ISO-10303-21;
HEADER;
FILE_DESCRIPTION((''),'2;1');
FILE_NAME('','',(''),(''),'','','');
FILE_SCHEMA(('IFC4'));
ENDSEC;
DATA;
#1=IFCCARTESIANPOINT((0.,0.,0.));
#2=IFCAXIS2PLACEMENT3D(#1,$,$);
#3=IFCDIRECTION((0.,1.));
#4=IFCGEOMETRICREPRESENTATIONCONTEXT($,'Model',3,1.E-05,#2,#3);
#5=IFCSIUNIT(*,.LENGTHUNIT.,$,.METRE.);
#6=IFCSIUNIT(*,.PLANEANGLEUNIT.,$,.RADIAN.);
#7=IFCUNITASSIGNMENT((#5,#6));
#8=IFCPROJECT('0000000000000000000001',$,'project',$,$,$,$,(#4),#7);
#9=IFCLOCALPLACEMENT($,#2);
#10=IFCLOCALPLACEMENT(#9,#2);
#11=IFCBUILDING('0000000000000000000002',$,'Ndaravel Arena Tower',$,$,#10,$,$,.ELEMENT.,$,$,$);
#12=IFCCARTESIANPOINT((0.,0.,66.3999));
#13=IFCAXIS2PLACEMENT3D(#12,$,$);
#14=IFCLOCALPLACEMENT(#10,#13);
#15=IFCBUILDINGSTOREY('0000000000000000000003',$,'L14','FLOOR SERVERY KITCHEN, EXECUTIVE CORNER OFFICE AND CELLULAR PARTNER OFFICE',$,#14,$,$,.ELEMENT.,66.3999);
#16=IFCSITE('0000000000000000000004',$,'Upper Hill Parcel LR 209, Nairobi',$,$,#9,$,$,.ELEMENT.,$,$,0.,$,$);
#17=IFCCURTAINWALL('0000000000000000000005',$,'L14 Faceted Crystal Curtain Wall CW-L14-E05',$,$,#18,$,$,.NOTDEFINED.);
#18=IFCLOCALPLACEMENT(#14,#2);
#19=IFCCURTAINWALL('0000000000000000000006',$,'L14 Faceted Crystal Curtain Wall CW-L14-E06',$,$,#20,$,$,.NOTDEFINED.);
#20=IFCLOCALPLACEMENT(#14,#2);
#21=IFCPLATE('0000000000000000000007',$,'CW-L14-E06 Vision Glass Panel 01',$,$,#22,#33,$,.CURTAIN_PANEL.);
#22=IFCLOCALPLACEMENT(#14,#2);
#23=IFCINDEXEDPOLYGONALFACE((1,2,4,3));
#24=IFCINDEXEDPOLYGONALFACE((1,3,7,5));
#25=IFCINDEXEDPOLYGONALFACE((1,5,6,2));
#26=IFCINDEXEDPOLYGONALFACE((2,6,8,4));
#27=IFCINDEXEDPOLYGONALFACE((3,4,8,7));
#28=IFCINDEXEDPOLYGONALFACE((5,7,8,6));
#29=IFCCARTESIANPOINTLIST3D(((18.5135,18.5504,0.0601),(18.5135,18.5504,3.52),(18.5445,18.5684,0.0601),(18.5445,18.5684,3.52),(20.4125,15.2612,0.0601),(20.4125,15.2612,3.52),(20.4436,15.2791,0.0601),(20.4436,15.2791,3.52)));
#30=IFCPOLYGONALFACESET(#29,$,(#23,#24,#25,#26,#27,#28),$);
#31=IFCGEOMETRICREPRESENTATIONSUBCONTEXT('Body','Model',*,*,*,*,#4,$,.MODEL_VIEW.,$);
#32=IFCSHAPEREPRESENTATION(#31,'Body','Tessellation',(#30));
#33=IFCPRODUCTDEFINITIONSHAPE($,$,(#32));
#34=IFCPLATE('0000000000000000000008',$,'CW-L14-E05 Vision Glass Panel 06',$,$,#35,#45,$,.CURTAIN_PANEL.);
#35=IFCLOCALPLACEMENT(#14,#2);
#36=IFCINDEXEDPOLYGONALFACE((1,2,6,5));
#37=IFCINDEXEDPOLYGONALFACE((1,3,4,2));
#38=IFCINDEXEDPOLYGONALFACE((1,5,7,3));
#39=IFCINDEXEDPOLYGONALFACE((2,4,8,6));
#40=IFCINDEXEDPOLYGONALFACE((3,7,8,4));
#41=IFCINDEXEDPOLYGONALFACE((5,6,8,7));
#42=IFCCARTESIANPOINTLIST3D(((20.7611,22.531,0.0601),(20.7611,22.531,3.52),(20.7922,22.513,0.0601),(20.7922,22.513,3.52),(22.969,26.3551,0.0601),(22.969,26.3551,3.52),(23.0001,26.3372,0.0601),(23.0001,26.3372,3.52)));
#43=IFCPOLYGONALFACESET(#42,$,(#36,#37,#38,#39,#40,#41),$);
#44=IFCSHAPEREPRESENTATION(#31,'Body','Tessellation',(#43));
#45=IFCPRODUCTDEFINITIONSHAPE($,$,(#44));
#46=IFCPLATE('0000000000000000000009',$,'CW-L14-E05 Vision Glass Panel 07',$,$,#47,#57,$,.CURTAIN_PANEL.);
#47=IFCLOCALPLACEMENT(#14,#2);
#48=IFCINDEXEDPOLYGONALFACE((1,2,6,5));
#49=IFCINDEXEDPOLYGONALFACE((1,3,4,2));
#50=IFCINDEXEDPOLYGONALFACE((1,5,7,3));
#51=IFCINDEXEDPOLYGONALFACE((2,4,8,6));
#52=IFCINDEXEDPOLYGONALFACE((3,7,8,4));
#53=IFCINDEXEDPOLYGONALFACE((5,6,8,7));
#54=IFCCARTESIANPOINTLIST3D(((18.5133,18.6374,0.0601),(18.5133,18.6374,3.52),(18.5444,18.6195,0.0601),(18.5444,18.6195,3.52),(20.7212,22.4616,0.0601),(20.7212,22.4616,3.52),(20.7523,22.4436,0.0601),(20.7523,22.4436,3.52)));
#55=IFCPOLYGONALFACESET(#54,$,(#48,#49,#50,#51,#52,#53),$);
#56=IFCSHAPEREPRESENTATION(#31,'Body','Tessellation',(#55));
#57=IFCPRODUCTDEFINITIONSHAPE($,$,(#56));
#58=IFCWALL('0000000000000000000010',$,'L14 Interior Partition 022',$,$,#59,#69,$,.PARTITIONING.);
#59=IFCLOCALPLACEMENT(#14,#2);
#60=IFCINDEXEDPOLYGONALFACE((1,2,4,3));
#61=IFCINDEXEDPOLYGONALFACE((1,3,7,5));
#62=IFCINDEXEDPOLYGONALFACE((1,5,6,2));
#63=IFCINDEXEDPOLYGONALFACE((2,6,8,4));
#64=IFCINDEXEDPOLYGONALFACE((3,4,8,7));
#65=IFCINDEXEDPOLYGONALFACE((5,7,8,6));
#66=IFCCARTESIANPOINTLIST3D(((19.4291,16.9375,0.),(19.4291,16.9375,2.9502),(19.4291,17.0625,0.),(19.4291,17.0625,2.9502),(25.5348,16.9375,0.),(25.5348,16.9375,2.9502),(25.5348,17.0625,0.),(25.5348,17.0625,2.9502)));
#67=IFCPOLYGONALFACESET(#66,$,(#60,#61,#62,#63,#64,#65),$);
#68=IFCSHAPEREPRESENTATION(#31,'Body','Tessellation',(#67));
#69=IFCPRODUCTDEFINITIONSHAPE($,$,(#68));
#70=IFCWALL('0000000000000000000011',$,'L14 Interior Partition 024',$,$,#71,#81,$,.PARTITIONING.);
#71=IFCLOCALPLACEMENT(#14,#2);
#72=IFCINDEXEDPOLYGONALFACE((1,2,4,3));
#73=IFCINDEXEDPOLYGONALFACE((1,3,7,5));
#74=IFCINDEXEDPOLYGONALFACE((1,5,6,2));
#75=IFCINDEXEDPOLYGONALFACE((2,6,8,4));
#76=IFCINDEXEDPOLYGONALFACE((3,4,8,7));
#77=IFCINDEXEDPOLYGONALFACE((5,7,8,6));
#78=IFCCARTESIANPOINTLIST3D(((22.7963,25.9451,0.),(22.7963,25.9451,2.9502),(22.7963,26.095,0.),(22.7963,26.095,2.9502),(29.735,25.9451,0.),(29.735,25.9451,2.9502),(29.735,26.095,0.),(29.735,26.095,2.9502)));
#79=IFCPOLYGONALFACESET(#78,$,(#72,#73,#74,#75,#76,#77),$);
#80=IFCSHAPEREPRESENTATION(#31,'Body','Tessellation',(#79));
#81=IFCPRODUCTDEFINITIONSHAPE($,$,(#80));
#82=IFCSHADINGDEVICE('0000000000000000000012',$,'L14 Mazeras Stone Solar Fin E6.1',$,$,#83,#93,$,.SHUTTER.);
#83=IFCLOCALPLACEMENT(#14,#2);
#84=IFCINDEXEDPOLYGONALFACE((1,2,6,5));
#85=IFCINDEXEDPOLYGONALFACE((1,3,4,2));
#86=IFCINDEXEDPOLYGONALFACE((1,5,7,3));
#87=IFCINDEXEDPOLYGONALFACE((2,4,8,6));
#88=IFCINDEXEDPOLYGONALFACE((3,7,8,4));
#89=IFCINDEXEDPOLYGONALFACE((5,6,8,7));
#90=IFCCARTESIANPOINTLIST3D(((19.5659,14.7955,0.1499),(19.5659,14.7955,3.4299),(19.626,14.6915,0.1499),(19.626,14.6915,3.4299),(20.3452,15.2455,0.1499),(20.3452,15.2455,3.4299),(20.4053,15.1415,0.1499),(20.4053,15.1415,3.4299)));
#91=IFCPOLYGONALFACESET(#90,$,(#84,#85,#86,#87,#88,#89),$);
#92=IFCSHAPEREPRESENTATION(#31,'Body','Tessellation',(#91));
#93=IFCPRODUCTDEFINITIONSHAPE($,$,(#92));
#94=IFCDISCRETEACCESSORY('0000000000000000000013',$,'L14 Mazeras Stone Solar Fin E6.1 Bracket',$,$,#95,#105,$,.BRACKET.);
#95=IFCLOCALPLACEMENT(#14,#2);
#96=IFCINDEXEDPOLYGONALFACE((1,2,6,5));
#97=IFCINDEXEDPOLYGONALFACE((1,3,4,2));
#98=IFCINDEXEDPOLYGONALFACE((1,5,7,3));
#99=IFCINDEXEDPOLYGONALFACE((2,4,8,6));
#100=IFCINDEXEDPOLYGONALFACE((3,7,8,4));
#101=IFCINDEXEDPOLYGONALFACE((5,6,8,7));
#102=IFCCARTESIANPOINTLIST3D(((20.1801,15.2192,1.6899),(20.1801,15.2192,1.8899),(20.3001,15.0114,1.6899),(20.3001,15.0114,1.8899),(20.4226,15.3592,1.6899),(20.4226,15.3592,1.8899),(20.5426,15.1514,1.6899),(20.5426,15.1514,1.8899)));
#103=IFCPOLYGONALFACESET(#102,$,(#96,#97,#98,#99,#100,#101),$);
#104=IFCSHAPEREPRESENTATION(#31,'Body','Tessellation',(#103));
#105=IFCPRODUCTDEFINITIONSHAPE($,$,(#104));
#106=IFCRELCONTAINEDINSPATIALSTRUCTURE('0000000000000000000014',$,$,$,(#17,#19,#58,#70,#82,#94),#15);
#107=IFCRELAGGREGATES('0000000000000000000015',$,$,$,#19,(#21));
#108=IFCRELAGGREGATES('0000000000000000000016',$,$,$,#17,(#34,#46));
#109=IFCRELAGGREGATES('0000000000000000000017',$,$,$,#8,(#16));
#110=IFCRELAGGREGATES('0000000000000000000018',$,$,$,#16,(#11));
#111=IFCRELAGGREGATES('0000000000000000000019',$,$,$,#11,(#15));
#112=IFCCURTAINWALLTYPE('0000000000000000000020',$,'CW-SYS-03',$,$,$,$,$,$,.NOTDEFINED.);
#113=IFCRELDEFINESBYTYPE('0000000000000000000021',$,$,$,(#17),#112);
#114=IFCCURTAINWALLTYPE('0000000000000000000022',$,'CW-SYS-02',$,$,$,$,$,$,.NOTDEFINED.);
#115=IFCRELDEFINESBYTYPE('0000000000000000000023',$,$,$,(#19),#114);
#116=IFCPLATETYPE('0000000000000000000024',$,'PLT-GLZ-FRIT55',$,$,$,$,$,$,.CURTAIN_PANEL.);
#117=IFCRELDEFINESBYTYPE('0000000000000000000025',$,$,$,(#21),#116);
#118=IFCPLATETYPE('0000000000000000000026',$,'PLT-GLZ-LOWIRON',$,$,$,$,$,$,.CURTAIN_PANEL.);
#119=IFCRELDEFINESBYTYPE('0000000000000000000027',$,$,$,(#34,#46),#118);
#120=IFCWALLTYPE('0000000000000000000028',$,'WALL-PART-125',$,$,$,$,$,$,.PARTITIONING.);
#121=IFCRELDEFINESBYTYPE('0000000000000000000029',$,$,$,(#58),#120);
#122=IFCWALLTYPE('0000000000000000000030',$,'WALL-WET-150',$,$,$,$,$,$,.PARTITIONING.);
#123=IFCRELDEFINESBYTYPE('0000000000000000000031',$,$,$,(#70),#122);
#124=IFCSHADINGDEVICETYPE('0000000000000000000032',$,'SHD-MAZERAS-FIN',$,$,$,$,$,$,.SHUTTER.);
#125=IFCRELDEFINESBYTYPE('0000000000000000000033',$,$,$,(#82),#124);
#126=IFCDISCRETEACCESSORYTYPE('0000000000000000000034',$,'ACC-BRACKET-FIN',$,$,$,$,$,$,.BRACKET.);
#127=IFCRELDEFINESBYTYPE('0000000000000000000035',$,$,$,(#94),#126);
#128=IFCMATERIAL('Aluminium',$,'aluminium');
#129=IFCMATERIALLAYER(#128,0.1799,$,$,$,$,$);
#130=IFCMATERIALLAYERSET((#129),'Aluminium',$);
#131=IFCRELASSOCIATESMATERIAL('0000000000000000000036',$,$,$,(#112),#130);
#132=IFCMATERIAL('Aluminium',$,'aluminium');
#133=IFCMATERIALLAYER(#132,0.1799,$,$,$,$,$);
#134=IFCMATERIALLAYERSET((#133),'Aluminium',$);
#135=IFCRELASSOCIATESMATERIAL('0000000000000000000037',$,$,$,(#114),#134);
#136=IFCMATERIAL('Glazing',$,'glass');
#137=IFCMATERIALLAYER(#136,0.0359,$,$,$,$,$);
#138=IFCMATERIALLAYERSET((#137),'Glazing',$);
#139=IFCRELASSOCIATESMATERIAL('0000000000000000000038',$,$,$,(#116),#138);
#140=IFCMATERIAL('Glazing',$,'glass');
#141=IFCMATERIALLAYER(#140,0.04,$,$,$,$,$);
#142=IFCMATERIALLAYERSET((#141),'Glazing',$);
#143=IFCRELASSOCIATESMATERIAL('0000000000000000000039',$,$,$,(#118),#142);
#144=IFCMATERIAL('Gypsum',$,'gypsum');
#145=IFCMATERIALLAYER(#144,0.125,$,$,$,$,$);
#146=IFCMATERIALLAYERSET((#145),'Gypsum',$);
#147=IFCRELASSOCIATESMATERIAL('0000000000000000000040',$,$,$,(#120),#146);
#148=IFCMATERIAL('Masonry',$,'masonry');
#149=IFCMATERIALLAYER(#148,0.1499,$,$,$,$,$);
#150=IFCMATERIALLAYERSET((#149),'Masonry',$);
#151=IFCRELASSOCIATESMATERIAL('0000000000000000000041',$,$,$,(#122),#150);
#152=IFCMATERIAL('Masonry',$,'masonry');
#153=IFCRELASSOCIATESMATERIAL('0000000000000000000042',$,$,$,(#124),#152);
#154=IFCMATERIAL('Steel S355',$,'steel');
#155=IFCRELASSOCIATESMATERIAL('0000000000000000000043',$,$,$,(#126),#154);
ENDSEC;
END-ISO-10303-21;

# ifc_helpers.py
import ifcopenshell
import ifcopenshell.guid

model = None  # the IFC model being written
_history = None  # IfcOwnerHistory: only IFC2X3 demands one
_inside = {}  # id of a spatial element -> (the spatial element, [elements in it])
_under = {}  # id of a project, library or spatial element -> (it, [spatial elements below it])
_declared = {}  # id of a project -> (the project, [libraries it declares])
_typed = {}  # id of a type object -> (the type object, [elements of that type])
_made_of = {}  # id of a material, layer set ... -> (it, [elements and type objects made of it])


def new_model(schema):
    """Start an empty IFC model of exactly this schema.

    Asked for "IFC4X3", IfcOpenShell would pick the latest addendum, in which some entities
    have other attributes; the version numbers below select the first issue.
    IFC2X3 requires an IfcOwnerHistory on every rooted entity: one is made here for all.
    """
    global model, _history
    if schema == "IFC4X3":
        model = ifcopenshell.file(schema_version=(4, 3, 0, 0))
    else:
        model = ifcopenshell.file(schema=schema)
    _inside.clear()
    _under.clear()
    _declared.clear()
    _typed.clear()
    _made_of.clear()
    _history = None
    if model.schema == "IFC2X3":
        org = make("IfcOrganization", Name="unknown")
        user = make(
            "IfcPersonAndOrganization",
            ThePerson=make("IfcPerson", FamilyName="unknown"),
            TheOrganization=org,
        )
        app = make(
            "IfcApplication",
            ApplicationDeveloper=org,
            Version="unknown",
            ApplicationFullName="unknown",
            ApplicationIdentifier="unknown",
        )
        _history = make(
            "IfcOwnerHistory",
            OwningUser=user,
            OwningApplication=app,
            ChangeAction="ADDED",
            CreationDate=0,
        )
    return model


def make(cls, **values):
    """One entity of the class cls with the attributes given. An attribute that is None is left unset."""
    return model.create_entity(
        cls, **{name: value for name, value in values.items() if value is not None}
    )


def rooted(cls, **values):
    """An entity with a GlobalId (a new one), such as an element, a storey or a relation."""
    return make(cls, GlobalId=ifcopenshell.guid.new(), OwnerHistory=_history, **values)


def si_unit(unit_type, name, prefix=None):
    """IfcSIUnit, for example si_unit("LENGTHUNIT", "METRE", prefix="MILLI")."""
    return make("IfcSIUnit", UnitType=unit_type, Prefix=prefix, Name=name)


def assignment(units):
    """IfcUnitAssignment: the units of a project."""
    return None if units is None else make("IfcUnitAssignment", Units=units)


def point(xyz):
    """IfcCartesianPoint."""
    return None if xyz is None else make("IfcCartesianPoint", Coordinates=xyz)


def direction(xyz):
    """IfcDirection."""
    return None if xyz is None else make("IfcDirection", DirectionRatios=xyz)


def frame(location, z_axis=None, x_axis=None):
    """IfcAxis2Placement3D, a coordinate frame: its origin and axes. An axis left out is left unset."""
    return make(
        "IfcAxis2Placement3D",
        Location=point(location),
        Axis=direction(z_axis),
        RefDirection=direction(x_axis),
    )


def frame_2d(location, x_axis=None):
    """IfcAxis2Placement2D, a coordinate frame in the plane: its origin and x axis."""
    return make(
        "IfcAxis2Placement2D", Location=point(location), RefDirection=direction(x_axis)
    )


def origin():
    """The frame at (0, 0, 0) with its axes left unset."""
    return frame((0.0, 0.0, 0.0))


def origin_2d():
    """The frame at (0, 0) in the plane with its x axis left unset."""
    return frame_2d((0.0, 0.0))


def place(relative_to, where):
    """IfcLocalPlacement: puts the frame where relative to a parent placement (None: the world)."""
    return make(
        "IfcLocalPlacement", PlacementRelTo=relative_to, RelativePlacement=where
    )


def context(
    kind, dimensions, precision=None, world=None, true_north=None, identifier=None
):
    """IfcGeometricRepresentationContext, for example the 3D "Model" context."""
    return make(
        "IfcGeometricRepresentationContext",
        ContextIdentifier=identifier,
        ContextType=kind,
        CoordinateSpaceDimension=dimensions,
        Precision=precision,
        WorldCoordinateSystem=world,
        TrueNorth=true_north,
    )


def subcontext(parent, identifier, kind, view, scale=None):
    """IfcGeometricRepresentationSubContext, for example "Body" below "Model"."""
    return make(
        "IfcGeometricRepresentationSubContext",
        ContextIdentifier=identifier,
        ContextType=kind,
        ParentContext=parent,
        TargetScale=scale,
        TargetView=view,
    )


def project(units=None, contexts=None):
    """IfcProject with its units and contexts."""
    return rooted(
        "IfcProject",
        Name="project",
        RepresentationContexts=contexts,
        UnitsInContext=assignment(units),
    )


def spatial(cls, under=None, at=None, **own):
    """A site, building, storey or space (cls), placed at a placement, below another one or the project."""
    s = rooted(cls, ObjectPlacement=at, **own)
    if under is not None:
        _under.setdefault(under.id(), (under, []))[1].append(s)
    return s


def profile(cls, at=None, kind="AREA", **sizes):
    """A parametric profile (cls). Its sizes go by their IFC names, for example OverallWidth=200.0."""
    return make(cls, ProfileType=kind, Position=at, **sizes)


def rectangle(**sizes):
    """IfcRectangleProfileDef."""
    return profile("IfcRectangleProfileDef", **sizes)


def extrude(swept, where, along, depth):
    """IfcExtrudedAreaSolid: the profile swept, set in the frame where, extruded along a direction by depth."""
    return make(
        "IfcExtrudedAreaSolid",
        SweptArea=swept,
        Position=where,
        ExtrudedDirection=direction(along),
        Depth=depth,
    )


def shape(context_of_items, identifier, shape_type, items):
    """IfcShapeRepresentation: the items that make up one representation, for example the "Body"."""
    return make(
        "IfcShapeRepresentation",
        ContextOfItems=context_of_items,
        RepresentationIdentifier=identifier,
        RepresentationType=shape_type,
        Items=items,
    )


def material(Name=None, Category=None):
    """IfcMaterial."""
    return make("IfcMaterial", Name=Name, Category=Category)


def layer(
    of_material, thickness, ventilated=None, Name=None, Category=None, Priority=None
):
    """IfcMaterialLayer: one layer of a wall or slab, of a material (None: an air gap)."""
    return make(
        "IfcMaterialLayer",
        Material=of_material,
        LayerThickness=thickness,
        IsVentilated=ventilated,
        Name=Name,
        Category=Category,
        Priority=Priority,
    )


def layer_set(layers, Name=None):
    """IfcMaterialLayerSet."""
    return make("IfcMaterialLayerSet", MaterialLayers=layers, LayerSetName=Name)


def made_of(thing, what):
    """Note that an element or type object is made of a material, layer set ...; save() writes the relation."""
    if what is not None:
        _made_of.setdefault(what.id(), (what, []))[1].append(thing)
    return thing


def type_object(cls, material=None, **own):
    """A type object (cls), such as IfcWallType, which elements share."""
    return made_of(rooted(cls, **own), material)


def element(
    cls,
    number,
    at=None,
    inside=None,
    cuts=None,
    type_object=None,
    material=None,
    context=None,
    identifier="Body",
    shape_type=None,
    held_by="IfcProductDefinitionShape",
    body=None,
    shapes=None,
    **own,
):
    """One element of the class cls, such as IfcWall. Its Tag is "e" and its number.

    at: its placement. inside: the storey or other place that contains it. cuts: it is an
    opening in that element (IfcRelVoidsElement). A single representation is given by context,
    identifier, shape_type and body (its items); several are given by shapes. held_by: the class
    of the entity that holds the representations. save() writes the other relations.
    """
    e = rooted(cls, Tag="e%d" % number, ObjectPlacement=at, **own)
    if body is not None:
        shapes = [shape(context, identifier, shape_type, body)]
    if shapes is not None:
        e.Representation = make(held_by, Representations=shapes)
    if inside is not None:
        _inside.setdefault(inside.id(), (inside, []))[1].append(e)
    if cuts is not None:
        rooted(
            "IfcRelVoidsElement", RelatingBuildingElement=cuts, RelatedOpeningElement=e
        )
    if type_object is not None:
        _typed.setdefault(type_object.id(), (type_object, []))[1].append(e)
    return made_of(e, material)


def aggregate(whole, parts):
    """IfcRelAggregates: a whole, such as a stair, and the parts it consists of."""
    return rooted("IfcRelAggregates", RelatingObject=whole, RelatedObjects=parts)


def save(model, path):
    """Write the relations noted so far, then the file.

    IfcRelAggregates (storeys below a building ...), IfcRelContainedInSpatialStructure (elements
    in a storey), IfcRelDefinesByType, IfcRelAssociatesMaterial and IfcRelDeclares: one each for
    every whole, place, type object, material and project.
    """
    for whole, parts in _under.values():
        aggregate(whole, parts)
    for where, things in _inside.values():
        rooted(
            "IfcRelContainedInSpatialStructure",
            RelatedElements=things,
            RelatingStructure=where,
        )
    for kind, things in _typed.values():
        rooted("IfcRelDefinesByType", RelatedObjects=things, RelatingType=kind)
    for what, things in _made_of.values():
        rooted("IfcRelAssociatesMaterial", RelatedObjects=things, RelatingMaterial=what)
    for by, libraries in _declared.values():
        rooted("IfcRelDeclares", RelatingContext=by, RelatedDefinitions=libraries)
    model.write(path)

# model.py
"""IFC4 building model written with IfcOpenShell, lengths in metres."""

from ifc_helpers import new_model, si_unit, direction, frame, frame_2d, origin, origin_2d, place, context, subcontext, project, spatial, rectangle, extrude, material, layer, layer_set, type_object, element, aggregate, save


model = new_model("IFC4")

# Units and contexts
model_context = context("Model", 3, precision=1e-05, world=origin(), true_north=direction((0.0, 1.0)))
body_context = subcontext(model_context, "Body", "Model", "MODEL_VIEW")
ifc_project = project(units=[si_unit("LENGTHUNIT", "METRE"), si_unit("PLANEANGLEUNIT", "RADIAN")], contexts=[model_context])

# Site, building, storey
site_placement = place(None, origin())
site = spatial("IfcSite", under=ifc_project, at=site_placement, Name="Upper Hill Parcel LR 209, Nairobi", CompositionType="ELEMENT", RefElevation=0.0)
building_placement = place(site_placement, origin())
building = spatial("IfcBuilding", under=site, at=building_placement, Name="Ndaravel Arena Tower", CompositionType="ELEMENT")
storey_placement = place(building_placement, frame((0.0, 0.0, 66.3999)))
storey = spatial("IfcBuildingStorey", under=building, at=storey_placement, Name="L14", Description="FLOOR SERVERY KITCHEN, EXECUTIVE CORNER OFFICE AND CELLULAR PARTNER OFFICE", CompositionType="ELEMENT", Elevation=66.3999)

# Curtain wall
ifc_material_1 = material(Name="Aluminium", Category="aluminium")
ifc_layer_1 = layer(ifc_material_1, 0.1799)
ifc_layer_set_1 = layer_set([ifc_layer_1], Name="Aluminium")
curtain_wall_type_1 = type_object("IfcCurtainWallType", Name="CW-SYS-03", PredefinedType="NOTDEFINED", material=ifc_layer_set_1)
curtain_wall_1_placement = place(storey_placement, origin())
curtain_wall_1 = element("IfcCurtainWall", 1, at=curtain_wall_1_placement, inside=storey, type_object=curtain_wall_type_1, Name="L14 Faceted Crystal Curtain Wall CW-L14-E05", PredefinedType="NOTDEFINED")

# Curtain wall, plate
ifc_material_2 = material(Name="Aluminium", Category="aluminium")
ifc_layer_2 = layer(ifc_material_2, 0.1799)
ifc_layer_set_2 = layer_set([ifc_layer_2], Name="Aluminium")
curtain_wall_type_2 = type_object("IfcCurtainWallType", Name="CW-SYS-02", PredefinedType="NOTDEFINED", material=ifc_layer_set_2)
curtain_wall_2_placement = place(storey_placement, origin())
curtain_wall_2 = element("IfcCurtainWall", 2, at=curtain_wall_2_placement, inside=storey, type_object=curtain_wall_type_2, Name="L14 Faceted Crystal Curtain Wall CW-L14-E06", PredefinedType="NOTDEFINED")
ifc_material_3 = material(Name="Glazing", Category="glass")
ifc_layer_3 = layer(ifc_material_3, 0.0359)
ifc_layer_set_3 = layer_set([ifc_layer_3], Name="Glazing")
plate_type_1 = type_object("IfcPlateType", Name="PLT-GLZ-FRIT55", PredefinedType="CURTAIN_PANEL", material=ifc_layer_set_3)
plate_1_placement = place(storey_placement, frame((19.4785, 16.9148, 0.0601), z_axis=(0.0, 0.0, 1.0), x_axis=(0.5, -0.866025, 0.0)))
plate_1 = element("IfcPlate", 3, at=plate_1_placement, type_object=plate_type_1, Name="CW-L14-E06 Vision Glass Panel 01", PredefinedType="CURTAIN_PANEL", context=body_context, shape_type="SweptSolid", body=[
    extrude(rectangle(XDim=3.7981, YDim=0.0359, at=origin_2d()), origin(), (0.0, 0.0, 1.0), 3.46),
])
aggregate(curtain_wall_2, [plate_1])

# Plates
ifc_material_4 = material(Name="Glazing", Category="glass")
ifc_layer_4 = layer(ifc_material_4, 0.04)
ifc_layer_set_4 = layer_set([ifc_layer_4], Name="Glazing")
plate_type_2 = type_object("IfcPlateType", Name="PLT-GLZ-LOWIRON", PredefinedType="CURTAIN_PANEL", material=ifc_layer_set_4)
plate_2_placement = place(storey_placement, frame((21.8806, 24.4341, 0.0601), z_axis=(0.0, 0.0, 1.0), x_axis=(-0.5, -0.866025, 0.0)))
plate_2 = element("IfcPlate", 4, at=plate_2_placement, type_object=plate_type_2, Name="CW-L14-E05 Vision Glass Panel 06", PredefinedType="CURTAIN_PANEL", context=body_context, shape_type="SweptSolid", body=[
    extrude(rectangle(XDim=4.4158, YDim=0.0359, at=origin_2d()), origin(), (0.0, 0.0, 1.0), 3.46),
])
plate_3_placement = place(storey_placement, frame((19.6328, 20.5405, 0.0601), z_axis=(0.0, 0.0, 1.0), x_axis=(-0.5, -0.866025, 0.0)))
plate_3 = element("IfcPlate", 5, at=plate_3_placement, type_object=plate_type_2, Name="CW-L14-E05 Vision Glass Panel 07", PredefinedType="CURTAIN_PANEL", context=body_context, shape_type="SweptSolid", body=[
    extrude(rectangle(XDim=4.4158, YDim=0.0359, at=origin_2d()), origin(), (0.0, 0.0, 1.0), 3.46),
])
aggregate(curtain_wall_1, [plate_2, plate_3])

# Walls
ifc_material_5 = material(Name="Gypsum", Category="gypsum")
ifc_layer_5 = layer(ifc_material_5, 0.125)
ifc_layer_set_5 = layer_set([ifc_layer_5], Name="Gypsum")
wall_type_1 = type_object("IfcWallType", Name="WALL-PART-125", PredefinedType="PARTITIONING", material=ifc_layer_set_5)
wall_1_placement = place(storey_placement, frame((19.4292, 17.0, 0.0), z_axis=(0.0, 0.0, 1.0), x_axis=(1.0, 0.0, 0.0)))
element("IfcWall", 6, at=wall_1_placement, inside=storey, type_object=wall_type_1, Name="L14 Interior Partition 022", PredefinedType="PARTITIONING", context=body_context, shape_type="SweptSolid", body=[
    extrude(rectangle(XDim=6.1057, YDim=0.125, at=frame_2d((3.0527, 0.0))), origin(), (0.0, 0.0, 1.0), 2.9502),
])
ifc_material_6 = material(Name="Masonry", Category="masonry")
ifc_layer_6 = layer(ifc_material_6, 0.1499)
ifc_layer_set_6 = layer_set([ifc_layer_6], Name="Masonry")
wall_type_2 = type_object("IfcWallType", Name="WALL-WET-150", PredefinedType="PARTITIONING", material=ifc_layer_set_6)
wall_2_placement = place(storey_placement, frame((22.7964, 26.02, 0.0), z_axis=(0.0, 0.0, 1.0), x_axis=(1.0, 0.0, 0.0)))
element("IfcWall", 7, at=wall_2_placement, inside=storey, type_object=wall_type_2, Name="L14 Interior Partition 024", PredefinedType="PARTITIONING", context=body_context, shape_type="SweptSolid", body=[
    extrude(rectangle(XDim=6.9387, YDim=0.1499, at=frame_2d((3.4692, 0.0))), origin(), (0.0, 0.0, 1.0), 2.9502),
])

# Shading device
ifc_material_7 = material(Name="Masonry", Category="masonry")
shading_device_type = type_object("IfcShadingDeviceType", Name="SHD-MAZERAS-FIN", PredefinedType="SHUTTER", material=ifc_material_7)
shading_device_placement = place(storey_placement, frame((19.9856, 14.9685, 0.1499), z_axis=(0.0, 0.0, 1.0), x_axis=(-0.866025, -0.5, 0.0)))
element("IfcShadingDevice", 8, at=shading_device_placement, inside=storey, type_object=shading_device_type, Name="L14 Mazeras Stone Solar Fin E6.1", PredefinedType="SHUTTER", context=body_context, shape_type="SweptSolid", body=[
    extrude(rectangle(XDim=0.8999, YDim=0.1201, at=origin_2d()), origin(), (0.0, 0.0, 1.0), 3.28),
])

# Discrete accessory
ifc_material_8 = material(Name="Steel S355", Category="steel")
discrete_accessory_type = type_object("IfcDiscreteAccessoryType", Name="ACC-BRACKET-FIN", PredefinedType="BRACKET", material=ifc_material_8)
discrete_accessory_placement = place(storey_placement, frame((20.3613, 15.1853, 1.6899), z_axis=(0.0, 0.0, 1.0), x_axis=(-0.866025, -0.5, 0.0)))
element("IfcDiscreteAccessory", 9, at=discrete_accessory_placement, inside=storey, type_object=discrete_accessory_type, Name="L14 Mazeras Stone Solar Fin E6.1 Bracket", PredefinedType="BRACKET", context=body_context, shape_type="SweptSolid", body=[
    extrude(rectangle(XDim=0.28, YDim=0.24, at=origin_2d()), origin(), (0.0, 0.0, 1.0), 0.2),
])

save(model, "model.ifc")
